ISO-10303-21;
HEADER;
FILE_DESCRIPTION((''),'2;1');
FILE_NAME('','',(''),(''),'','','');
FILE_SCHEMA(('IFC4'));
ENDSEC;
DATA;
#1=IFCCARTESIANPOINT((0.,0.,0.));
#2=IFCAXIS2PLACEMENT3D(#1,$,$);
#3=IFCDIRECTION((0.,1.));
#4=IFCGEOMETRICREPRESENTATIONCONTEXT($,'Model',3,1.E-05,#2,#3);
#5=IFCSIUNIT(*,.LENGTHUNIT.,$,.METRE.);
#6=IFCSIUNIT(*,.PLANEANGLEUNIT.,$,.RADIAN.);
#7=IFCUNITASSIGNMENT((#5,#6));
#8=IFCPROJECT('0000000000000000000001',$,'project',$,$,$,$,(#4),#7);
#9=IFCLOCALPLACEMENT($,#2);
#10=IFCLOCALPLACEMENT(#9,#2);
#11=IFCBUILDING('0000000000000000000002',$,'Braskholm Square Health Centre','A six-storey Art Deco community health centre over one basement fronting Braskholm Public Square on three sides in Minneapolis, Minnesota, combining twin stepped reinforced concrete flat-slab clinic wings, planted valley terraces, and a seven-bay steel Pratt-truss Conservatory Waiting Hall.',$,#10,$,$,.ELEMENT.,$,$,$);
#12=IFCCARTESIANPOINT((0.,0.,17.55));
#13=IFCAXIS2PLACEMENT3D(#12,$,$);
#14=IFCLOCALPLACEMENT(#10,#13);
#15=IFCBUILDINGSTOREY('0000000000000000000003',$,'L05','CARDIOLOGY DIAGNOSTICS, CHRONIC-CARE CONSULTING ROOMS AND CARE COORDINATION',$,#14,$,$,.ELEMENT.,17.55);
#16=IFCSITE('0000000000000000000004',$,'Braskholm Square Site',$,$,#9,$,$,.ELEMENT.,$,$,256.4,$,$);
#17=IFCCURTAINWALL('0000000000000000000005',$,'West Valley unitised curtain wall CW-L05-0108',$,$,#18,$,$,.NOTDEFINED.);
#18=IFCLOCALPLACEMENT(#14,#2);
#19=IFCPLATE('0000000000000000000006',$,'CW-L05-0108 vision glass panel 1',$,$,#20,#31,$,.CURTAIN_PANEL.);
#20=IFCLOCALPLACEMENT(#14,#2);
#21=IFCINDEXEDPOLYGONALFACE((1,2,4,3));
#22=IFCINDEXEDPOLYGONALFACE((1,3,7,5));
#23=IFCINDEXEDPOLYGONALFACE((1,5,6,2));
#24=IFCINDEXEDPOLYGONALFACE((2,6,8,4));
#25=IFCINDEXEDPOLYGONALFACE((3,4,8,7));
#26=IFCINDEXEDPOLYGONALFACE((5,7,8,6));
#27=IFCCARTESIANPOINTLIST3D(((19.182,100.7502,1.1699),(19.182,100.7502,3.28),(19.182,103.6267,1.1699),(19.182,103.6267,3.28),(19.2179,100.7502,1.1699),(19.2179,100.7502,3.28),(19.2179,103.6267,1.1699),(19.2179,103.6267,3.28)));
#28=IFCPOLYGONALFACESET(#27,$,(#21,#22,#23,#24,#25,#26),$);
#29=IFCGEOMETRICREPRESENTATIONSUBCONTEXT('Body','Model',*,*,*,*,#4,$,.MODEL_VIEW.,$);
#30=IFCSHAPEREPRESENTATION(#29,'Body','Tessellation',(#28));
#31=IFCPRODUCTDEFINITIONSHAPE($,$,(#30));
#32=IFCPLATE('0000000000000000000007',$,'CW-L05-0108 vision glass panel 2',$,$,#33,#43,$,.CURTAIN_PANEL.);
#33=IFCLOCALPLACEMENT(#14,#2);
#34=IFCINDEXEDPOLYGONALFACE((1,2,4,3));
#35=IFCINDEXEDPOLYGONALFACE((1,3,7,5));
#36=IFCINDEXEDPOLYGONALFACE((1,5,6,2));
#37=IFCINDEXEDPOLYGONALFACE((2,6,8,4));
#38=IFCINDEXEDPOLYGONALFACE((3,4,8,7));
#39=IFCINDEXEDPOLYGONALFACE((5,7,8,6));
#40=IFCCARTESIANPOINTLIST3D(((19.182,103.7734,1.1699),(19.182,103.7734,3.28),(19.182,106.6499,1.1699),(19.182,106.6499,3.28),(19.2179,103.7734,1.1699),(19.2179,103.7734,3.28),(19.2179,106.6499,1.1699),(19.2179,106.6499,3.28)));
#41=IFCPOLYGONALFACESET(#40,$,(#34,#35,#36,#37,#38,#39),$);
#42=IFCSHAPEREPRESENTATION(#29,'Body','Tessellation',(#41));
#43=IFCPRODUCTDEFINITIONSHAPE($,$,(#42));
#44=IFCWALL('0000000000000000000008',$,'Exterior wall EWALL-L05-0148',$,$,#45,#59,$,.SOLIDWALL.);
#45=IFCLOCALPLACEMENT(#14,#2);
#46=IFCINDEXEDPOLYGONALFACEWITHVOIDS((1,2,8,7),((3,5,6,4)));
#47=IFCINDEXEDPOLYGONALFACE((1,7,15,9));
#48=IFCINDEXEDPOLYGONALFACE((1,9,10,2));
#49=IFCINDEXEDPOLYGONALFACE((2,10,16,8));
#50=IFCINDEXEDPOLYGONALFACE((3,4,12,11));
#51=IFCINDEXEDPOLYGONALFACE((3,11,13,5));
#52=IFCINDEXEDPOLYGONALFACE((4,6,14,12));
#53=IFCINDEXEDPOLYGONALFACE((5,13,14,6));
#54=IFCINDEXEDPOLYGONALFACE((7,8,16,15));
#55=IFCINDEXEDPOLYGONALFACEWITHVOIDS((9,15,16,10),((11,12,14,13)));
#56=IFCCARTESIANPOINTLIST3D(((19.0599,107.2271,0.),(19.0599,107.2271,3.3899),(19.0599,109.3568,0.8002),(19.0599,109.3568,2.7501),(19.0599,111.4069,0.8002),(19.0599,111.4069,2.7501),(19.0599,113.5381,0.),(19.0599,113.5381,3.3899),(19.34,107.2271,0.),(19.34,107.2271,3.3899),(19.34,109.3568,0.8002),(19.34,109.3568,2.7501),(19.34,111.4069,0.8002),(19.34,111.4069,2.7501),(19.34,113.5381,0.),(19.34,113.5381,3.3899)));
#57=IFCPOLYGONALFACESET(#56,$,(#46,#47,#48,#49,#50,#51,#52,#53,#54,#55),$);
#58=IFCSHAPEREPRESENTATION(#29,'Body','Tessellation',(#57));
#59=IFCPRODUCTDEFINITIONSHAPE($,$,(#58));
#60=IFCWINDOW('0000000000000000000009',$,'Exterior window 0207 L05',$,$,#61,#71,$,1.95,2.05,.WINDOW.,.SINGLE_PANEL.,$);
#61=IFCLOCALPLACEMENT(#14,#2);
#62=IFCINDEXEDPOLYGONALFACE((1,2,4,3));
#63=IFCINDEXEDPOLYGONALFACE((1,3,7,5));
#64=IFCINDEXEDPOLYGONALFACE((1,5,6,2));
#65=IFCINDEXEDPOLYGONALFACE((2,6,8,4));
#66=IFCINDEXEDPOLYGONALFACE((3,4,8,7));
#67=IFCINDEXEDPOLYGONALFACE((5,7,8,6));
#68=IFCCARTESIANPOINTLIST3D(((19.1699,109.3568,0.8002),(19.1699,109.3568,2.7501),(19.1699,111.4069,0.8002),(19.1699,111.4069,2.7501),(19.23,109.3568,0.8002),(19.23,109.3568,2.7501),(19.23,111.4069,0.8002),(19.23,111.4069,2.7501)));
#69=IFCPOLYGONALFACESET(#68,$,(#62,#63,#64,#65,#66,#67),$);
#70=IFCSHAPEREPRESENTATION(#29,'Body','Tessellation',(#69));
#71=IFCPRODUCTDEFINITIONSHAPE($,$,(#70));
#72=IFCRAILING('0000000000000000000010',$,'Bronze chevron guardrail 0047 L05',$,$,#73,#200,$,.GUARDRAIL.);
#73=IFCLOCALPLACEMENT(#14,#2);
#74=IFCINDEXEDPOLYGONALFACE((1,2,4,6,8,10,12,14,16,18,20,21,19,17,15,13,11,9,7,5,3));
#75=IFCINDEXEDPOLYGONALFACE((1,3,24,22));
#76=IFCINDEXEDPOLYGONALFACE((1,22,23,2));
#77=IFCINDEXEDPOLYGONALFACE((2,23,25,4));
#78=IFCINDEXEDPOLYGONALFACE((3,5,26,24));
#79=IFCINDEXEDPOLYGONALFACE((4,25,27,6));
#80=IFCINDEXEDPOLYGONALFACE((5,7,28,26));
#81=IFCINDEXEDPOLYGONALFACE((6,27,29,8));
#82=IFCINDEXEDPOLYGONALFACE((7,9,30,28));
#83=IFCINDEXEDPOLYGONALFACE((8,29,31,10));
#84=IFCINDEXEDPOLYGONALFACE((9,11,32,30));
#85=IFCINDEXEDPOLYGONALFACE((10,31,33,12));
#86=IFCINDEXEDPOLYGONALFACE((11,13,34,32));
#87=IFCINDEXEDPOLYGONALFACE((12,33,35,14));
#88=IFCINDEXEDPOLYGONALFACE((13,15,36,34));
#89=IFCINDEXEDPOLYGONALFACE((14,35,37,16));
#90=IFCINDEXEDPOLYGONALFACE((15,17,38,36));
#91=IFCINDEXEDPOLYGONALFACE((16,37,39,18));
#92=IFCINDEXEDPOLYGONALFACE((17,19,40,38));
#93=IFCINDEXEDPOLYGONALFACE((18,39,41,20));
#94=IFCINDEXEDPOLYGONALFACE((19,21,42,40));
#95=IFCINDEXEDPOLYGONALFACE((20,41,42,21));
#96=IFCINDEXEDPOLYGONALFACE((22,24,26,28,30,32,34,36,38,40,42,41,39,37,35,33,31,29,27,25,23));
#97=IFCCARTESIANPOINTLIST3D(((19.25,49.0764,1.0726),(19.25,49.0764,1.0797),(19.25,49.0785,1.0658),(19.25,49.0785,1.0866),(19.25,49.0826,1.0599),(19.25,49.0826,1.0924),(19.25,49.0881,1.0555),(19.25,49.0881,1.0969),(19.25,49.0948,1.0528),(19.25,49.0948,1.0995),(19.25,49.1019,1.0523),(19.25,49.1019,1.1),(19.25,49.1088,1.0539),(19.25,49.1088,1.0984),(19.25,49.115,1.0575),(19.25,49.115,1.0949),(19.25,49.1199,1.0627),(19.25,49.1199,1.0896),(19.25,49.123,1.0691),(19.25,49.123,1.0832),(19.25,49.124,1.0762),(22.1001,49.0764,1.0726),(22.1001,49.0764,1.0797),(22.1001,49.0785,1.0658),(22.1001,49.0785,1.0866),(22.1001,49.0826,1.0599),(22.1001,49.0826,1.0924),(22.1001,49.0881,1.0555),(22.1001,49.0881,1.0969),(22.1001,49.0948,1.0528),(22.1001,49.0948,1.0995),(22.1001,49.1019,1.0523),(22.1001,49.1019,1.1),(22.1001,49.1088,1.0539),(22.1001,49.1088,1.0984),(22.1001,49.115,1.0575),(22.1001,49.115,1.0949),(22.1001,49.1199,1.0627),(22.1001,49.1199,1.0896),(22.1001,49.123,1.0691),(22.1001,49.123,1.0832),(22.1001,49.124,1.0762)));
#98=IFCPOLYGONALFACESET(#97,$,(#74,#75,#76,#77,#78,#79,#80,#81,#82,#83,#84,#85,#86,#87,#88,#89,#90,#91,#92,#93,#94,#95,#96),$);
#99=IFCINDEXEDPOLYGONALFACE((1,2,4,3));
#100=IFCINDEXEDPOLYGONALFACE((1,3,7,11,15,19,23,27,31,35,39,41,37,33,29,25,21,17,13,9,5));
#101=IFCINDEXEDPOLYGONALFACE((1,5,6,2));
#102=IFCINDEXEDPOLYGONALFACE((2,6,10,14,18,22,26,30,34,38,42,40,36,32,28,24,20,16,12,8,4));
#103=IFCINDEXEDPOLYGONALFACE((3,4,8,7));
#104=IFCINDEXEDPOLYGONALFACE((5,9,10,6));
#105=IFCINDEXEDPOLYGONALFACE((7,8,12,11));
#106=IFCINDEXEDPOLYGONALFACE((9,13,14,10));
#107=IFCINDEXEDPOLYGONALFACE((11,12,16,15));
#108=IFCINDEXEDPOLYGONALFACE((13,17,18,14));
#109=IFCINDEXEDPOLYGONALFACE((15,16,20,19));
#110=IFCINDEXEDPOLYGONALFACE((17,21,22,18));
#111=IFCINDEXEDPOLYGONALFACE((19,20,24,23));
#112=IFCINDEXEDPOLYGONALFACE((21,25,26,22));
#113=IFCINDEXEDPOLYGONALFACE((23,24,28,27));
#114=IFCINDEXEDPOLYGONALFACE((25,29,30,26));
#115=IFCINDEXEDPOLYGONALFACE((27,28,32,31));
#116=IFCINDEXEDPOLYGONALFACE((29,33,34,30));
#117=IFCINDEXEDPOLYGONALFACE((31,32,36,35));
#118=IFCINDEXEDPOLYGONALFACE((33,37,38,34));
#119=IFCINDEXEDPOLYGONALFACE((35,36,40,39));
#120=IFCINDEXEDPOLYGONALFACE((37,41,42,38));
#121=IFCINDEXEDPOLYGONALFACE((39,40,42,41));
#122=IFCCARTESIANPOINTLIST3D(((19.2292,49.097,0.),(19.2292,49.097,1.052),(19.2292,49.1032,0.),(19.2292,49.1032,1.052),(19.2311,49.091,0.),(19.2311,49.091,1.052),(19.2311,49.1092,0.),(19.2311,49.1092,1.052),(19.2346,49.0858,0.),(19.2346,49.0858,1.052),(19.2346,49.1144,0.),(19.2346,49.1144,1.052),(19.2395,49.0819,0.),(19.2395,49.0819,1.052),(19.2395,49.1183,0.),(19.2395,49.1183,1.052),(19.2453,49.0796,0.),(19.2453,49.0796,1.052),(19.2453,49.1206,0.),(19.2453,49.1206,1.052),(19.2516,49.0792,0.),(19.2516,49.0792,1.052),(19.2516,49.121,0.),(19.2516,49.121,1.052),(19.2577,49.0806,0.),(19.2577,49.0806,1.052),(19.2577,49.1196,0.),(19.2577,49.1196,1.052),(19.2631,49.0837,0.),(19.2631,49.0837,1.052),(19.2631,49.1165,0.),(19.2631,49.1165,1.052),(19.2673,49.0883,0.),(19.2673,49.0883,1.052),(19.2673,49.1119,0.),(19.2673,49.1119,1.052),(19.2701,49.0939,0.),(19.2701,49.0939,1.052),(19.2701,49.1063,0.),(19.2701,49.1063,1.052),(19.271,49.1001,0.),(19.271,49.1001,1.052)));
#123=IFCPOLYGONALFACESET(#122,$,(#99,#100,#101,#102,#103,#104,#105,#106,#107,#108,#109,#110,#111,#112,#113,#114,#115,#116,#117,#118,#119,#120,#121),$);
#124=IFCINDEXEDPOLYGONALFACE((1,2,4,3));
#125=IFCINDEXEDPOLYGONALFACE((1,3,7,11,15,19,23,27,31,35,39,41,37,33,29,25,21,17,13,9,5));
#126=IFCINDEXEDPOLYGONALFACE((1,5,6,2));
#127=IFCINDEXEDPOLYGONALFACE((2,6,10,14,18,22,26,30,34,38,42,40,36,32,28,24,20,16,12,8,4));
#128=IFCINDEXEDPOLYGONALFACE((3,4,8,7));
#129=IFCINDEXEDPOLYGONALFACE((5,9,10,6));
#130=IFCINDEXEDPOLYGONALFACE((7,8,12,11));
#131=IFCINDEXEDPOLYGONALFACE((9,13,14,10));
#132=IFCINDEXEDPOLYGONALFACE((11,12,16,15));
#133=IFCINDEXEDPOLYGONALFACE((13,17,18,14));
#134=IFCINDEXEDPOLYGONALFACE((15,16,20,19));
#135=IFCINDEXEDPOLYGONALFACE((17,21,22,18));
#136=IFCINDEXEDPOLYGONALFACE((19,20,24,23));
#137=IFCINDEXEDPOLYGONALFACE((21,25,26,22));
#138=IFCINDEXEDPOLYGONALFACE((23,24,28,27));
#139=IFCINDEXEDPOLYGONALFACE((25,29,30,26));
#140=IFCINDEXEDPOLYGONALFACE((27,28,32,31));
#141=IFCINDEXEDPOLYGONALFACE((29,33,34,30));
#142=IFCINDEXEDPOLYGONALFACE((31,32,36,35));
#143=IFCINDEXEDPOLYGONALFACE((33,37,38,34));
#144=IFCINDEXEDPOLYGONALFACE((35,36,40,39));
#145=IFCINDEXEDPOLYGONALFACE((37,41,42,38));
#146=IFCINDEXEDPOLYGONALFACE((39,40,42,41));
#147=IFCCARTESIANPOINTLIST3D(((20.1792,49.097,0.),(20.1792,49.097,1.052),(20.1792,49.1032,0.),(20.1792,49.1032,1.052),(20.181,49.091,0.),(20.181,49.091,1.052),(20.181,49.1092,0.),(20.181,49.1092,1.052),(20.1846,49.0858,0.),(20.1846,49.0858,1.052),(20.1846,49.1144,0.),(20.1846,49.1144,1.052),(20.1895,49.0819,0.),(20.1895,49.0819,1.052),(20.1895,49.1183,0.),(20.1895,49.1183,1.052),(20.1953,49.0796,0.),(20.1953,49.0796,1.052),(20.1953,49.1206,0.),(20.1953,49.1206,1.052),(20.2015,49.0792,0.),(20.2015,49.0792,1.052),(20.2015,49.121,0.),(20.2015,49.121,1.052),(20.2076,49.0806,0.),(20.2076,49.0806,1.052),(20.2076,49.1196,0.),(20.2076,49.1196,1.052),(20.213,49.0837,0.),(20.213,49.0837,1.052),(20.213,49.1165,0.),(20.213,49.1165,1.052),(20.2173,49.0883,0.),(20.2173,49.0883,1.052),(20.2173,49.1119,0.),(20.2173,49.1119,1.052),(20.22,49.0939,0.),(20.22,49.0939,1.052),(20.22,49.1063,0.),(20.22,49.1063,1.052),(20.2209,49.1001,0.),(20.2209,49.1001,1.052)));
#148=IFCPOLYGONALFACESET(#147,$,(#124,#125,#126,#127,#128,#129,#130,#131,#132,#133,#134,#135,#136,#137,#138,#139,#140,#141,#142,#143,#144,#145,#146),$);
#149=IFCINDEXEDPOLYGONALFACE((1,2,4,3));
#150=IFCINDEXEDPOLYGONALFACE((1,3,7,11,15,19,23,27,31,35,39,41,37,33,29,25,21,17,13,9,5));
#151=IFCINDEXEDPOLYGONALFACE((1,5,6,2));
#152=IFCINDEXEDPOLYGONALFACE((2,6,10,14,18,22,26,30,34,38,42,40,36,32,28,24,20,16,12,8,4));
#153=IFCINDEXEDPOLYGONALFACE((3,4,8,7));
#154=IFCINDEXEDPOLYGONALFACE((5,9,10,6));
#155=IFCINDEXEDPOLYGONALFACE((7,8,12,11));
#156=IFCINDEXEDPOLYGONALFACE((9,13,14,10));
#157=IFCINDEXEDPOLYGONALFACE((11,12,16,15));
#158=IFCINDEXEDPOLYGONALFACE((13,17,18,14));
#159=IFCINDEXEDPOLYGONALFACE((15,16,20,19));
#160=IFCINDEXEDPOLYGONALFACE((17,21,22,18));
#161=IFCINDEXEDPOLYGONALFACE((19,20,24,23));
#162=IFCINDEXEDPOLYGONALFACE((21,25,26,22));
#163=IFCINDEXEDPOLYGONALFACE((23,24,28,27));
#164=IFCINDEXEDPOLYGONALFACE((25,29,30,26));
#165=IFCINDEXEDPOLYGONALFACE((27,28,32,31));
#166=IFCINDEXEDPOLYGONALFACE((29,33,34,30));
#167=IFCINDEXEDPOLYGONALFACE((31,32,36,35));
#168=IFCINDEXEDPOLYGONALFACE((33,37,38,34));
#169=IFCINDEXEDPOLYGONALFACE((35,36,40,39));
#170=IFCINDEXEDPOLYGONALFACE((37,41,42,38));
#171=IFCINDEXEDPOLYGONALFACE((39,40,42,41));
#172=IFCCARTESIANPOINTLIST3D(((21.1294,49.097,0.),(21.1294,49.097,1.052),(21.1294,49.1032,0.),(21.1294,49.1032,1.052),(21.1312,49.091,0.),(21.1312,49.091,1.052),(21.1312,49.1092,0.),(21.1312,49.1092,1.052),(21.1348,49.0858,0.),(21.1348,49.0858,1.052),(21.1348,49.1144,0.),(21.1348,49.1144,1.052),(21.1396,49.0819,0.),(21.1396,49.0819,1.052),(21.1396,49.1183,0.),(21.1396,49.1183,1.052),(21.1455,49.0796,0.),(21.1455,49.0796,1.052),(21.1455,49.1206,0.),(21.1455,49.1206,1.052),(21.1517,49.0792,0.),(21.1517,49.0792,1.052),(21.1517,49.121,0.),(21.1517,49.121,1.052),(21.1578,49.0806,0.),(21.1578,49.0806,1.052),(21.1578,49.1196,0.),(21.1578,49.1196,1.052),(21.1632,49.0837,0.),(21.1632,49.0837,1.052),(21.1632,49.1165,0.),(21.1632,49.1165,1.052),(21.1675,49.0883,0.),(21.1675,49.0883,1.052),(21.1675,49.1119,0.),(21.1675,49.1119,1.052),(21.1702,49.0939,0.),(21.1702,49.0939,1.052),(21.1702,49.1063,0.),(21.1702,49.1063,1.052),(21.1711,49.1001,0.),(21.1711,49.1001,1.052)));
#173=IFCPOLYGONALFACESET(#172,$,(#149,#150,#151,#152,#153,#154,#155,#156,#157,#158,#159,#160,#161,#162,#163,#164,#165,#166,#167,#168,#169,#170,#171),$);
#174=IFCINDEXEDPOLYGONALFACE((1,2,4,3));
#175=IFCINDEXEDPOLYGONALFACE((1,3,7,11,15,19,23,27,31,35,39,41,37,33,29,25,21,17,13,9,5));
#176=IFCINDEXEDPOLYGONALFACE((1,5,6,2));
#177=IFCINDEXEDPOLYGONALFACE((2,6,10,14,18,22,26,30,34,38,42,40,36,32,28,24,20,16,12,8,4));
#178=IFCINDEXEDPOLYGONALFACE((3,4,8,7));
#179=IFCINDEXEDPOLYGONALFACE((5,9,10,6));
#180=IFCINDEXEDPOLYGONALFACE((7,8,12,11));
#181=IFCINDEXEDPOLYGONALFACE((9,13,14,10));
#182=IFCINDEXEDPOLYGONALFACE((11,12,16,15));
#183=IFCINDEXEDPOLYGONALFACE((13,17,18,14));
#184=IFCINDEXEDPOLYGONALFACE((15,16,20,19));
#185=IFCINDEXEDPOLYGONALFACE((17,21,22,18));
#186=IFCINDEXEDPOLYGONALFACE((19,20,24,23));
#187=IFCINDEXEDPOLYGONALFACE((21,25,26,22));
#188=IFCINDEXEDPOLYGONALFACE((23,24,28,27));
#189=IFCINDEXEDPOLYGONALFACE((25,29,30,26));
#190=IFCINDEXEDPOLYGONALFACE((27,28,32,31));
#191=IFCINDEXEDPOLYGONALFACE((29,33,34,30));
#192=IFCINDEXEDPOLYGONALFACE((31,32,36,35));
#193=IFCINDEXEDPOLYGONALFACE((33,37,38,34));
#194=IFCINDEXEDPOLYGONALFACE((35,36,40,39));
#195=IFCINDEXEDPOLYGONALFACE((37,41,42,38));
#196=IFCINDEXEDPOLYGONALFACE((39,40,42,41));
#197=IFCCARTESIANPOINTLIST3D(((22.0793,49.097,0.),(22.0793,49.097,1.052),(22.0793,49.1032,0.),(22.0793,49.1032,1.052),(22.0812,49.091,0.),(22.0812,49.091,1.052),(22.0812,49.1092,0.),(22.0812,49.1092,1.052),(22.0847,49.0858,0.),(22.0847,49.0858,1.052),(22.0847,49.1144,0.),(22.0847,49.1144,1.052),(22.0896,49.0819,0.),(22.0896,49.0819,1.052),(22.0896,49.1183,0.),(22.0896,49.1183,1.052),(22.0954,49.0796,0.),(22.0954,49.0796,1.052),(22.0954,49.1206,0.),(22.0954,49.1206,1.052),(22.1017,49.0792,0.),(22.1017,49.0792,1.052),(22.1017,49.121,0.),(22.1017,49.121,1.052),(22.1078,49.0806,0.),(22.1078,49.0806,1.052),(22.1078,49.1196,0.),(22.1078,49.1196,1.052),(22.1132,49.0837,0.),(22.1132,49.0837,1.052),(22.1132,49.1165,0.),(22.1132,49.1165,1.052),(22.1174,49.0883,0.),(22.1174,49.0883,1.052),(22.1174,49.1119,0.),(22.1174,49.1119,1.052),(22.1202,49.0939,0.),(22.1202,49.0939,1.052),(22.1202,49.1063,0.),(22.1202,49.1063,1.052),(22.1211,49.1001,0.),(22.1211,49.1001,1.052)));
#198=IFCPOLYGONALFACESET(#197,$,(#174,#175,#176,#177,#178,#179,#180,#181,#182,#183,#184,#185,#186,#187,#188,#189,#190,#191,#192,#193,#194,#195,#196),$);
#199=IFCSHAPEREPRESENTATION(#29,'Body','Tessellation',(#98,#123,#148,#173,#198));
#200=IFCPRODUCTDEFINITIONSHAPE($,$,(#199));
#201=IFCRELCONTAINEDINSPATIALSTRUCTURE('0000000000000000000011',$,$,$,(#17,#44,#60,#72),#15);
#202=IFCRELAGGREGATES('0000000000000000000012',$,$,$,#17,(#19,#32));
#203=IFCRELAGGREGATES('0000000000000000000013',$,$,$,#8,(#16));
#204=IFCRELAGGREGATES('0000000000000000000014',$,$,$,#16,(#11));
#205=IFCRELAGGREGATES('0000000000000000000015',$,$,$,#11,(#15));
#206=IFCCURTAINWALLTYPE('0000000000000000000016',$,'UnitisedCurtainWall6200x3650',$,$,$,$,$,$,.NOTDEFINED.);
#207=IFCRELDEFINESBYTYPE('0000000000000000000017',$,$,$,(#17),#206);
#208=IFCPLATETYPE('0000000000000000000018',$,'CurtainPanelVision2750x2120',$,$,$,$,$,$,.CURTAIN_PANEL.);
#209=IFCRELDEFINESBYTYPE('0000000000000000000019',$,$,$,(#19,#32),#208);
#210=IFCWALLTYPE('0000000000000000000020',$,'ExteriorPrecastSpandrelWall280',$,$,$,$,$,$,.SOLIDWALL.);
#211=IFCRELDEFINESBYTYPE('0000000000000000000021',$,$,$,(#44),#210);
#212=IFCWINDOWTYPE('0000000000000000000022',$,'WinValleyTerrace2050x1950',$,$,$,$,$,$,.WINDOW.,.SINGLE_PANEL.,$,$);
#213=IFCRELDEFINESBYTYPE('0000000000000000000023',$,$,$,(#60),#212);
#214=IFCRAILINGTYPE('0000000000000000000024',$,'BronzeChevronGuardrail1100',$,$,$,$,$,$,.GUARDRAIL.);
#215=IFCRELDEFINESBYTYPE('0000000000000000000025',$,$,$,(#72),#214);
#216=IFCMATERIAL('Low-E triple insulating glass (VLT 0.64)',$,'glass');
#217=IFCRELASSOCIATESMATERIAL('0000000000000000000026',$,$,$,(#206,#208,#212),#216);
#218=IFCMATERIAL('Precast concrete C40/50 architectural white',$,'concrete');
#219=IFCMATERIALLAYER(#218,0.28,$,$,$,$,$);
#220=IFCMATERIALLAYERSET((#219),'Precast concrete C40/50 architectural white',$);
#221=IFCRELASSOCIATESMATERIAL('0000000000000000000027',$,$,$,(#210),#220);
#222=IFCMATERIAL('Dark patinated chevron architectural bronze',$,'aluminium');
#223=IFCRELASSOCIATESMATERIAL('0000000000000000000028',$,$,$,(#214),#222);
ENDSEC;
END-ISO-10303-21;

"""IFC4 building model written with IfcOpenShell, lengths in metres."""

from ifc_helpers import new_model, si_unit, direction, frame, frame_2d, origin, origin_with_axes, origin_2d, place, context, subcontext, project, spatial, rectangle, circle, extrude, material, layer, layer_set, type_object, element, fill, aggregate, save


model = new_model("IFC4")

# Units and contexts
model_context = context("Model", 3, precision=1e-05, world=origin(), true_north=direction((0.0, 1.0)))
body_context = subcontext(model_context, "Body", "Model", "MODEL_VIEW")
ifc_project = project(units=[si_unit("LENGTHUNIT", "METRE"), si_unit("PLANEANGLEUNIT", "RADIAN")], contexts=[model_context])

# Site, building, storey
site_placement = place(None, origin())
site = spatial("IfcSite", under=ifc_project, at=site_placement, Name="Braskholm Square Site", CompositionType="ELEMENT", RefElevation=256.4)
building_placement = place(site_placement, origin())
building = spatial("IfcBuilding", under=site, at=building_placement, Name="Braskholm Square Health Centre", Description="A six-storey Art Deco community health centre over one basement fronting Braskholm Public Square on three sides in Minneapolis, Minnesota, combining twin stepped reinforced concrete flat-slab clinic wings, planted valley terraces, and a seven-bay steel Pratt-truss Conservatory Waiting Hall.", CompositionType="ELEMENT")
storey_placement = place(building_placement, frame((0.0, 0.0, 17.55)))
storey = spatial("IfcBuildingStorey", under=building, at=storey_placement, Name="L05", Description="CARDIOLOGY DIAGNOSTICS, CHRONIC-CARE CONSULTING ROOMS AND CARE COORDINATION", CompositionType="ELEMENT", Elevation=17.55)

# Curtain wall
ifc_material_1 = material(Name="Low-E triple insulating glass (VLT 0.64)", Category="glass")
curtain_wall_type = type_object("IfcCurtainWallType", Name="UnitisedCurtainWall6200x3650", PredefinedType="NOTDEFINED", material=ifc_material_1)
curtain_wall_placement = place(storey_placement, origin())
curtain_wall = element("IfcCurtainWall", 1, at=curtain_wall_placement, inside=storey, type_object=curtain_wall_type, Name="West Valley unitised curtain wall CW-L05-0108", PredefinedType="NOTDEFINED")

# Shared definitions
ifc_material_2 = material(Name="Precast concrete C40/50 architectural white", Category="concrete")

# Plates
plate_type_1 = type_object("IfcPlateType", Name="CurtainPanelVision2750x2120", PredefinedType="CURTAIN_PANEL", material=ifc_material_1)
plate_1_placement = place(storey_placement, frame((19.2, 102.1885, 1.1699), z_axis=(0.0, 0.0, 1.0), x_axis=(0.0, 1.0, 0.0)))
plate_1 = element("IfcPlate", 2, at=plate_1_placement, type_object=plate_type_1, Name="CW-L05-0108 vision glass panel 1", PredefinedType="CURTAIN_PANEL", context=body_context, shape_type="SweptSolid", body=[
    extrude(rectangle(XDim=2.8765, YDim=0.0359, at=origin_2d()), origin(), (0.0, 0.0, 1.0), 2.1101),
])
plate_2_placement = place(storey_placement, frame((19.2, 105.2117, 1.1699), z_axis=(0.0, 0.0, 1.0), x_axis=(0.0, 1.0, 0.0)))
plate_2 = element("IfcPlate", 3, at=plate_2_placement, type_object=plate_type_1, Name="CW-L05-0108 vision glass panel 2", PredefinedType="CURTAIN_PANEL", context=body_context, shape_type="SweptSolid", body=[
    extrude(rectangle(XDim=2.8765, YDim=0.0359, at=origin_2d()), origin(), (0.0, 0.0, 1.0), 2.1101),
])
aggregate(curtain_wall, [plate_1, plate_2])

# Wall, opening, window
ifc_layer = layer(ifc_material_2, 0.28)
ifc_layer_set = layer_set([ifc_layer], Name="Precast concrete C40/50 architectural white")
wall_type = type_object("IfcWallType", Name="ExteriorPrecastSpandrelWall280", PredefinedType="SOLIDWALL", material=ifc_layer_set)
wall_placement = place(storey_placement, frame((19.2, 107.2271, 0.0), z_axis=(0.0, 0.0, 1.0), x_axis=(0.0, 1.0, 0.0)))
wall = element("IfcWall", 4, at=wall_placement, inside=storey, type_object=wall_type, Name="Exterior wall EWALL-L05-0148", PredefinedType="SOLIDWALL", context=body_context, shape_type="SweptSolid", body=[
    extrude(rectangle(XDim=6.311, YDim=0.28, at=frame_2d((3.1555, 0.0))), origin(), (0.0, 0.0, 1.0), 3.3899),
])
opening_placement = place(wall_placement, frame((2.1299, 0.0, 0.8)))
opening = element("IfcOpeningElement", 5, at=opening_placement, cuts=wall, PredefinedType="OPENING", context=body_context, shape_type="SweptSolid", body=[
    extrude(rectangle(XDim=2.05, YDim=1.95, at=frame_2d((1.0249, 0.9751))), frame((0.0, 0.1499, 0.0), z_axis=(0.0, -1.0, 0.0), x_axis=(1.0, 0.0, 0.0)), (0.0, 0.0, 1.0), 0.3),
])
window_type = type_object("IfcWindowType", Name="WinValleyTerrace2050x1950", PartitioningType="SINGLE_PANEL", PredefinedType="WINDOW", material=ifc_material_1)
window_placement = place(opening_placement, origin_with_axes())
window = element("IfcWindow", 6, at=window_placement, inside=storey, type_object=window_type, Name="Exterior window 0207 L05", OverallHeight=1.95, OverallWidth=2.05, PartitioningType="SINGLE_PANEL", PredefinedType="WINDOW", context=body_context, shape_type="SweptSolid", body=[
    extrude(rectangle(XDim=2.05, YDim=1.95, at=frame_2d((1.0249, 0.9751))), frame((0.0, 0.03, 0.0), z_axis=(0.0, -1.0, 0.0), x_axis=(1.0, 0.0, 0.0)), (0.0, 0.0, 1.0), 0.0601),
])
fill(opening, window)

# Railing
ifc_material_3 = material(Name="Dark patinated chevron architectural bronze", Category="aluminium")
railing_type = type_object("IfcRailingType", Name="BronzeChevronGuardrail1100", PredefinedType="GUARDRAIL", material=ifc_material_3)
railing_1_placement = place(storey_placement, frame((19.25, 49.1001, 0.0)))
element("IfcRailing", 7, at=railing_1_placement, inside=storey, type_object=railing_type, Name="Bronze chevron guardrail 0047 L05", PredefinedType="GUARDRAIL", context=body_context, shape_type="SweptSolid", body=[
    extrude(circle(Radius=0.0239, at=origin_2d()), frame((0.0, 0.0, 1.0762), z_axis=(1.0, 0.0, 0.0), x_axis=(0.0, 1.0, 0.0)), (0.0, 0.0, 1.0), 2.8501),
    extrude(circle(Radius=0.021, at=origin_2d()), origin(), (0.0, 0.0, 1.0), 1.052),
    extrude(circle(Radius=0.021, at=origin_2d()), frame((0.95, 0.0, 0.0)), (0.0, 0.0, 1.0), 1.052),
    extrude(circle(Radius=0.021, at=origin_2d()), frame((1.9001, 0.0, 0.0)), (0.0, 0.0, 1.0), 1.052),
    extrude(circle(Radius=0.021, at=origin_2d()), frame((2.8501, 0.0, 0.0)), (0.0, 0.0, 1.0), 1.052),
])

save(model, "model.ifc")
